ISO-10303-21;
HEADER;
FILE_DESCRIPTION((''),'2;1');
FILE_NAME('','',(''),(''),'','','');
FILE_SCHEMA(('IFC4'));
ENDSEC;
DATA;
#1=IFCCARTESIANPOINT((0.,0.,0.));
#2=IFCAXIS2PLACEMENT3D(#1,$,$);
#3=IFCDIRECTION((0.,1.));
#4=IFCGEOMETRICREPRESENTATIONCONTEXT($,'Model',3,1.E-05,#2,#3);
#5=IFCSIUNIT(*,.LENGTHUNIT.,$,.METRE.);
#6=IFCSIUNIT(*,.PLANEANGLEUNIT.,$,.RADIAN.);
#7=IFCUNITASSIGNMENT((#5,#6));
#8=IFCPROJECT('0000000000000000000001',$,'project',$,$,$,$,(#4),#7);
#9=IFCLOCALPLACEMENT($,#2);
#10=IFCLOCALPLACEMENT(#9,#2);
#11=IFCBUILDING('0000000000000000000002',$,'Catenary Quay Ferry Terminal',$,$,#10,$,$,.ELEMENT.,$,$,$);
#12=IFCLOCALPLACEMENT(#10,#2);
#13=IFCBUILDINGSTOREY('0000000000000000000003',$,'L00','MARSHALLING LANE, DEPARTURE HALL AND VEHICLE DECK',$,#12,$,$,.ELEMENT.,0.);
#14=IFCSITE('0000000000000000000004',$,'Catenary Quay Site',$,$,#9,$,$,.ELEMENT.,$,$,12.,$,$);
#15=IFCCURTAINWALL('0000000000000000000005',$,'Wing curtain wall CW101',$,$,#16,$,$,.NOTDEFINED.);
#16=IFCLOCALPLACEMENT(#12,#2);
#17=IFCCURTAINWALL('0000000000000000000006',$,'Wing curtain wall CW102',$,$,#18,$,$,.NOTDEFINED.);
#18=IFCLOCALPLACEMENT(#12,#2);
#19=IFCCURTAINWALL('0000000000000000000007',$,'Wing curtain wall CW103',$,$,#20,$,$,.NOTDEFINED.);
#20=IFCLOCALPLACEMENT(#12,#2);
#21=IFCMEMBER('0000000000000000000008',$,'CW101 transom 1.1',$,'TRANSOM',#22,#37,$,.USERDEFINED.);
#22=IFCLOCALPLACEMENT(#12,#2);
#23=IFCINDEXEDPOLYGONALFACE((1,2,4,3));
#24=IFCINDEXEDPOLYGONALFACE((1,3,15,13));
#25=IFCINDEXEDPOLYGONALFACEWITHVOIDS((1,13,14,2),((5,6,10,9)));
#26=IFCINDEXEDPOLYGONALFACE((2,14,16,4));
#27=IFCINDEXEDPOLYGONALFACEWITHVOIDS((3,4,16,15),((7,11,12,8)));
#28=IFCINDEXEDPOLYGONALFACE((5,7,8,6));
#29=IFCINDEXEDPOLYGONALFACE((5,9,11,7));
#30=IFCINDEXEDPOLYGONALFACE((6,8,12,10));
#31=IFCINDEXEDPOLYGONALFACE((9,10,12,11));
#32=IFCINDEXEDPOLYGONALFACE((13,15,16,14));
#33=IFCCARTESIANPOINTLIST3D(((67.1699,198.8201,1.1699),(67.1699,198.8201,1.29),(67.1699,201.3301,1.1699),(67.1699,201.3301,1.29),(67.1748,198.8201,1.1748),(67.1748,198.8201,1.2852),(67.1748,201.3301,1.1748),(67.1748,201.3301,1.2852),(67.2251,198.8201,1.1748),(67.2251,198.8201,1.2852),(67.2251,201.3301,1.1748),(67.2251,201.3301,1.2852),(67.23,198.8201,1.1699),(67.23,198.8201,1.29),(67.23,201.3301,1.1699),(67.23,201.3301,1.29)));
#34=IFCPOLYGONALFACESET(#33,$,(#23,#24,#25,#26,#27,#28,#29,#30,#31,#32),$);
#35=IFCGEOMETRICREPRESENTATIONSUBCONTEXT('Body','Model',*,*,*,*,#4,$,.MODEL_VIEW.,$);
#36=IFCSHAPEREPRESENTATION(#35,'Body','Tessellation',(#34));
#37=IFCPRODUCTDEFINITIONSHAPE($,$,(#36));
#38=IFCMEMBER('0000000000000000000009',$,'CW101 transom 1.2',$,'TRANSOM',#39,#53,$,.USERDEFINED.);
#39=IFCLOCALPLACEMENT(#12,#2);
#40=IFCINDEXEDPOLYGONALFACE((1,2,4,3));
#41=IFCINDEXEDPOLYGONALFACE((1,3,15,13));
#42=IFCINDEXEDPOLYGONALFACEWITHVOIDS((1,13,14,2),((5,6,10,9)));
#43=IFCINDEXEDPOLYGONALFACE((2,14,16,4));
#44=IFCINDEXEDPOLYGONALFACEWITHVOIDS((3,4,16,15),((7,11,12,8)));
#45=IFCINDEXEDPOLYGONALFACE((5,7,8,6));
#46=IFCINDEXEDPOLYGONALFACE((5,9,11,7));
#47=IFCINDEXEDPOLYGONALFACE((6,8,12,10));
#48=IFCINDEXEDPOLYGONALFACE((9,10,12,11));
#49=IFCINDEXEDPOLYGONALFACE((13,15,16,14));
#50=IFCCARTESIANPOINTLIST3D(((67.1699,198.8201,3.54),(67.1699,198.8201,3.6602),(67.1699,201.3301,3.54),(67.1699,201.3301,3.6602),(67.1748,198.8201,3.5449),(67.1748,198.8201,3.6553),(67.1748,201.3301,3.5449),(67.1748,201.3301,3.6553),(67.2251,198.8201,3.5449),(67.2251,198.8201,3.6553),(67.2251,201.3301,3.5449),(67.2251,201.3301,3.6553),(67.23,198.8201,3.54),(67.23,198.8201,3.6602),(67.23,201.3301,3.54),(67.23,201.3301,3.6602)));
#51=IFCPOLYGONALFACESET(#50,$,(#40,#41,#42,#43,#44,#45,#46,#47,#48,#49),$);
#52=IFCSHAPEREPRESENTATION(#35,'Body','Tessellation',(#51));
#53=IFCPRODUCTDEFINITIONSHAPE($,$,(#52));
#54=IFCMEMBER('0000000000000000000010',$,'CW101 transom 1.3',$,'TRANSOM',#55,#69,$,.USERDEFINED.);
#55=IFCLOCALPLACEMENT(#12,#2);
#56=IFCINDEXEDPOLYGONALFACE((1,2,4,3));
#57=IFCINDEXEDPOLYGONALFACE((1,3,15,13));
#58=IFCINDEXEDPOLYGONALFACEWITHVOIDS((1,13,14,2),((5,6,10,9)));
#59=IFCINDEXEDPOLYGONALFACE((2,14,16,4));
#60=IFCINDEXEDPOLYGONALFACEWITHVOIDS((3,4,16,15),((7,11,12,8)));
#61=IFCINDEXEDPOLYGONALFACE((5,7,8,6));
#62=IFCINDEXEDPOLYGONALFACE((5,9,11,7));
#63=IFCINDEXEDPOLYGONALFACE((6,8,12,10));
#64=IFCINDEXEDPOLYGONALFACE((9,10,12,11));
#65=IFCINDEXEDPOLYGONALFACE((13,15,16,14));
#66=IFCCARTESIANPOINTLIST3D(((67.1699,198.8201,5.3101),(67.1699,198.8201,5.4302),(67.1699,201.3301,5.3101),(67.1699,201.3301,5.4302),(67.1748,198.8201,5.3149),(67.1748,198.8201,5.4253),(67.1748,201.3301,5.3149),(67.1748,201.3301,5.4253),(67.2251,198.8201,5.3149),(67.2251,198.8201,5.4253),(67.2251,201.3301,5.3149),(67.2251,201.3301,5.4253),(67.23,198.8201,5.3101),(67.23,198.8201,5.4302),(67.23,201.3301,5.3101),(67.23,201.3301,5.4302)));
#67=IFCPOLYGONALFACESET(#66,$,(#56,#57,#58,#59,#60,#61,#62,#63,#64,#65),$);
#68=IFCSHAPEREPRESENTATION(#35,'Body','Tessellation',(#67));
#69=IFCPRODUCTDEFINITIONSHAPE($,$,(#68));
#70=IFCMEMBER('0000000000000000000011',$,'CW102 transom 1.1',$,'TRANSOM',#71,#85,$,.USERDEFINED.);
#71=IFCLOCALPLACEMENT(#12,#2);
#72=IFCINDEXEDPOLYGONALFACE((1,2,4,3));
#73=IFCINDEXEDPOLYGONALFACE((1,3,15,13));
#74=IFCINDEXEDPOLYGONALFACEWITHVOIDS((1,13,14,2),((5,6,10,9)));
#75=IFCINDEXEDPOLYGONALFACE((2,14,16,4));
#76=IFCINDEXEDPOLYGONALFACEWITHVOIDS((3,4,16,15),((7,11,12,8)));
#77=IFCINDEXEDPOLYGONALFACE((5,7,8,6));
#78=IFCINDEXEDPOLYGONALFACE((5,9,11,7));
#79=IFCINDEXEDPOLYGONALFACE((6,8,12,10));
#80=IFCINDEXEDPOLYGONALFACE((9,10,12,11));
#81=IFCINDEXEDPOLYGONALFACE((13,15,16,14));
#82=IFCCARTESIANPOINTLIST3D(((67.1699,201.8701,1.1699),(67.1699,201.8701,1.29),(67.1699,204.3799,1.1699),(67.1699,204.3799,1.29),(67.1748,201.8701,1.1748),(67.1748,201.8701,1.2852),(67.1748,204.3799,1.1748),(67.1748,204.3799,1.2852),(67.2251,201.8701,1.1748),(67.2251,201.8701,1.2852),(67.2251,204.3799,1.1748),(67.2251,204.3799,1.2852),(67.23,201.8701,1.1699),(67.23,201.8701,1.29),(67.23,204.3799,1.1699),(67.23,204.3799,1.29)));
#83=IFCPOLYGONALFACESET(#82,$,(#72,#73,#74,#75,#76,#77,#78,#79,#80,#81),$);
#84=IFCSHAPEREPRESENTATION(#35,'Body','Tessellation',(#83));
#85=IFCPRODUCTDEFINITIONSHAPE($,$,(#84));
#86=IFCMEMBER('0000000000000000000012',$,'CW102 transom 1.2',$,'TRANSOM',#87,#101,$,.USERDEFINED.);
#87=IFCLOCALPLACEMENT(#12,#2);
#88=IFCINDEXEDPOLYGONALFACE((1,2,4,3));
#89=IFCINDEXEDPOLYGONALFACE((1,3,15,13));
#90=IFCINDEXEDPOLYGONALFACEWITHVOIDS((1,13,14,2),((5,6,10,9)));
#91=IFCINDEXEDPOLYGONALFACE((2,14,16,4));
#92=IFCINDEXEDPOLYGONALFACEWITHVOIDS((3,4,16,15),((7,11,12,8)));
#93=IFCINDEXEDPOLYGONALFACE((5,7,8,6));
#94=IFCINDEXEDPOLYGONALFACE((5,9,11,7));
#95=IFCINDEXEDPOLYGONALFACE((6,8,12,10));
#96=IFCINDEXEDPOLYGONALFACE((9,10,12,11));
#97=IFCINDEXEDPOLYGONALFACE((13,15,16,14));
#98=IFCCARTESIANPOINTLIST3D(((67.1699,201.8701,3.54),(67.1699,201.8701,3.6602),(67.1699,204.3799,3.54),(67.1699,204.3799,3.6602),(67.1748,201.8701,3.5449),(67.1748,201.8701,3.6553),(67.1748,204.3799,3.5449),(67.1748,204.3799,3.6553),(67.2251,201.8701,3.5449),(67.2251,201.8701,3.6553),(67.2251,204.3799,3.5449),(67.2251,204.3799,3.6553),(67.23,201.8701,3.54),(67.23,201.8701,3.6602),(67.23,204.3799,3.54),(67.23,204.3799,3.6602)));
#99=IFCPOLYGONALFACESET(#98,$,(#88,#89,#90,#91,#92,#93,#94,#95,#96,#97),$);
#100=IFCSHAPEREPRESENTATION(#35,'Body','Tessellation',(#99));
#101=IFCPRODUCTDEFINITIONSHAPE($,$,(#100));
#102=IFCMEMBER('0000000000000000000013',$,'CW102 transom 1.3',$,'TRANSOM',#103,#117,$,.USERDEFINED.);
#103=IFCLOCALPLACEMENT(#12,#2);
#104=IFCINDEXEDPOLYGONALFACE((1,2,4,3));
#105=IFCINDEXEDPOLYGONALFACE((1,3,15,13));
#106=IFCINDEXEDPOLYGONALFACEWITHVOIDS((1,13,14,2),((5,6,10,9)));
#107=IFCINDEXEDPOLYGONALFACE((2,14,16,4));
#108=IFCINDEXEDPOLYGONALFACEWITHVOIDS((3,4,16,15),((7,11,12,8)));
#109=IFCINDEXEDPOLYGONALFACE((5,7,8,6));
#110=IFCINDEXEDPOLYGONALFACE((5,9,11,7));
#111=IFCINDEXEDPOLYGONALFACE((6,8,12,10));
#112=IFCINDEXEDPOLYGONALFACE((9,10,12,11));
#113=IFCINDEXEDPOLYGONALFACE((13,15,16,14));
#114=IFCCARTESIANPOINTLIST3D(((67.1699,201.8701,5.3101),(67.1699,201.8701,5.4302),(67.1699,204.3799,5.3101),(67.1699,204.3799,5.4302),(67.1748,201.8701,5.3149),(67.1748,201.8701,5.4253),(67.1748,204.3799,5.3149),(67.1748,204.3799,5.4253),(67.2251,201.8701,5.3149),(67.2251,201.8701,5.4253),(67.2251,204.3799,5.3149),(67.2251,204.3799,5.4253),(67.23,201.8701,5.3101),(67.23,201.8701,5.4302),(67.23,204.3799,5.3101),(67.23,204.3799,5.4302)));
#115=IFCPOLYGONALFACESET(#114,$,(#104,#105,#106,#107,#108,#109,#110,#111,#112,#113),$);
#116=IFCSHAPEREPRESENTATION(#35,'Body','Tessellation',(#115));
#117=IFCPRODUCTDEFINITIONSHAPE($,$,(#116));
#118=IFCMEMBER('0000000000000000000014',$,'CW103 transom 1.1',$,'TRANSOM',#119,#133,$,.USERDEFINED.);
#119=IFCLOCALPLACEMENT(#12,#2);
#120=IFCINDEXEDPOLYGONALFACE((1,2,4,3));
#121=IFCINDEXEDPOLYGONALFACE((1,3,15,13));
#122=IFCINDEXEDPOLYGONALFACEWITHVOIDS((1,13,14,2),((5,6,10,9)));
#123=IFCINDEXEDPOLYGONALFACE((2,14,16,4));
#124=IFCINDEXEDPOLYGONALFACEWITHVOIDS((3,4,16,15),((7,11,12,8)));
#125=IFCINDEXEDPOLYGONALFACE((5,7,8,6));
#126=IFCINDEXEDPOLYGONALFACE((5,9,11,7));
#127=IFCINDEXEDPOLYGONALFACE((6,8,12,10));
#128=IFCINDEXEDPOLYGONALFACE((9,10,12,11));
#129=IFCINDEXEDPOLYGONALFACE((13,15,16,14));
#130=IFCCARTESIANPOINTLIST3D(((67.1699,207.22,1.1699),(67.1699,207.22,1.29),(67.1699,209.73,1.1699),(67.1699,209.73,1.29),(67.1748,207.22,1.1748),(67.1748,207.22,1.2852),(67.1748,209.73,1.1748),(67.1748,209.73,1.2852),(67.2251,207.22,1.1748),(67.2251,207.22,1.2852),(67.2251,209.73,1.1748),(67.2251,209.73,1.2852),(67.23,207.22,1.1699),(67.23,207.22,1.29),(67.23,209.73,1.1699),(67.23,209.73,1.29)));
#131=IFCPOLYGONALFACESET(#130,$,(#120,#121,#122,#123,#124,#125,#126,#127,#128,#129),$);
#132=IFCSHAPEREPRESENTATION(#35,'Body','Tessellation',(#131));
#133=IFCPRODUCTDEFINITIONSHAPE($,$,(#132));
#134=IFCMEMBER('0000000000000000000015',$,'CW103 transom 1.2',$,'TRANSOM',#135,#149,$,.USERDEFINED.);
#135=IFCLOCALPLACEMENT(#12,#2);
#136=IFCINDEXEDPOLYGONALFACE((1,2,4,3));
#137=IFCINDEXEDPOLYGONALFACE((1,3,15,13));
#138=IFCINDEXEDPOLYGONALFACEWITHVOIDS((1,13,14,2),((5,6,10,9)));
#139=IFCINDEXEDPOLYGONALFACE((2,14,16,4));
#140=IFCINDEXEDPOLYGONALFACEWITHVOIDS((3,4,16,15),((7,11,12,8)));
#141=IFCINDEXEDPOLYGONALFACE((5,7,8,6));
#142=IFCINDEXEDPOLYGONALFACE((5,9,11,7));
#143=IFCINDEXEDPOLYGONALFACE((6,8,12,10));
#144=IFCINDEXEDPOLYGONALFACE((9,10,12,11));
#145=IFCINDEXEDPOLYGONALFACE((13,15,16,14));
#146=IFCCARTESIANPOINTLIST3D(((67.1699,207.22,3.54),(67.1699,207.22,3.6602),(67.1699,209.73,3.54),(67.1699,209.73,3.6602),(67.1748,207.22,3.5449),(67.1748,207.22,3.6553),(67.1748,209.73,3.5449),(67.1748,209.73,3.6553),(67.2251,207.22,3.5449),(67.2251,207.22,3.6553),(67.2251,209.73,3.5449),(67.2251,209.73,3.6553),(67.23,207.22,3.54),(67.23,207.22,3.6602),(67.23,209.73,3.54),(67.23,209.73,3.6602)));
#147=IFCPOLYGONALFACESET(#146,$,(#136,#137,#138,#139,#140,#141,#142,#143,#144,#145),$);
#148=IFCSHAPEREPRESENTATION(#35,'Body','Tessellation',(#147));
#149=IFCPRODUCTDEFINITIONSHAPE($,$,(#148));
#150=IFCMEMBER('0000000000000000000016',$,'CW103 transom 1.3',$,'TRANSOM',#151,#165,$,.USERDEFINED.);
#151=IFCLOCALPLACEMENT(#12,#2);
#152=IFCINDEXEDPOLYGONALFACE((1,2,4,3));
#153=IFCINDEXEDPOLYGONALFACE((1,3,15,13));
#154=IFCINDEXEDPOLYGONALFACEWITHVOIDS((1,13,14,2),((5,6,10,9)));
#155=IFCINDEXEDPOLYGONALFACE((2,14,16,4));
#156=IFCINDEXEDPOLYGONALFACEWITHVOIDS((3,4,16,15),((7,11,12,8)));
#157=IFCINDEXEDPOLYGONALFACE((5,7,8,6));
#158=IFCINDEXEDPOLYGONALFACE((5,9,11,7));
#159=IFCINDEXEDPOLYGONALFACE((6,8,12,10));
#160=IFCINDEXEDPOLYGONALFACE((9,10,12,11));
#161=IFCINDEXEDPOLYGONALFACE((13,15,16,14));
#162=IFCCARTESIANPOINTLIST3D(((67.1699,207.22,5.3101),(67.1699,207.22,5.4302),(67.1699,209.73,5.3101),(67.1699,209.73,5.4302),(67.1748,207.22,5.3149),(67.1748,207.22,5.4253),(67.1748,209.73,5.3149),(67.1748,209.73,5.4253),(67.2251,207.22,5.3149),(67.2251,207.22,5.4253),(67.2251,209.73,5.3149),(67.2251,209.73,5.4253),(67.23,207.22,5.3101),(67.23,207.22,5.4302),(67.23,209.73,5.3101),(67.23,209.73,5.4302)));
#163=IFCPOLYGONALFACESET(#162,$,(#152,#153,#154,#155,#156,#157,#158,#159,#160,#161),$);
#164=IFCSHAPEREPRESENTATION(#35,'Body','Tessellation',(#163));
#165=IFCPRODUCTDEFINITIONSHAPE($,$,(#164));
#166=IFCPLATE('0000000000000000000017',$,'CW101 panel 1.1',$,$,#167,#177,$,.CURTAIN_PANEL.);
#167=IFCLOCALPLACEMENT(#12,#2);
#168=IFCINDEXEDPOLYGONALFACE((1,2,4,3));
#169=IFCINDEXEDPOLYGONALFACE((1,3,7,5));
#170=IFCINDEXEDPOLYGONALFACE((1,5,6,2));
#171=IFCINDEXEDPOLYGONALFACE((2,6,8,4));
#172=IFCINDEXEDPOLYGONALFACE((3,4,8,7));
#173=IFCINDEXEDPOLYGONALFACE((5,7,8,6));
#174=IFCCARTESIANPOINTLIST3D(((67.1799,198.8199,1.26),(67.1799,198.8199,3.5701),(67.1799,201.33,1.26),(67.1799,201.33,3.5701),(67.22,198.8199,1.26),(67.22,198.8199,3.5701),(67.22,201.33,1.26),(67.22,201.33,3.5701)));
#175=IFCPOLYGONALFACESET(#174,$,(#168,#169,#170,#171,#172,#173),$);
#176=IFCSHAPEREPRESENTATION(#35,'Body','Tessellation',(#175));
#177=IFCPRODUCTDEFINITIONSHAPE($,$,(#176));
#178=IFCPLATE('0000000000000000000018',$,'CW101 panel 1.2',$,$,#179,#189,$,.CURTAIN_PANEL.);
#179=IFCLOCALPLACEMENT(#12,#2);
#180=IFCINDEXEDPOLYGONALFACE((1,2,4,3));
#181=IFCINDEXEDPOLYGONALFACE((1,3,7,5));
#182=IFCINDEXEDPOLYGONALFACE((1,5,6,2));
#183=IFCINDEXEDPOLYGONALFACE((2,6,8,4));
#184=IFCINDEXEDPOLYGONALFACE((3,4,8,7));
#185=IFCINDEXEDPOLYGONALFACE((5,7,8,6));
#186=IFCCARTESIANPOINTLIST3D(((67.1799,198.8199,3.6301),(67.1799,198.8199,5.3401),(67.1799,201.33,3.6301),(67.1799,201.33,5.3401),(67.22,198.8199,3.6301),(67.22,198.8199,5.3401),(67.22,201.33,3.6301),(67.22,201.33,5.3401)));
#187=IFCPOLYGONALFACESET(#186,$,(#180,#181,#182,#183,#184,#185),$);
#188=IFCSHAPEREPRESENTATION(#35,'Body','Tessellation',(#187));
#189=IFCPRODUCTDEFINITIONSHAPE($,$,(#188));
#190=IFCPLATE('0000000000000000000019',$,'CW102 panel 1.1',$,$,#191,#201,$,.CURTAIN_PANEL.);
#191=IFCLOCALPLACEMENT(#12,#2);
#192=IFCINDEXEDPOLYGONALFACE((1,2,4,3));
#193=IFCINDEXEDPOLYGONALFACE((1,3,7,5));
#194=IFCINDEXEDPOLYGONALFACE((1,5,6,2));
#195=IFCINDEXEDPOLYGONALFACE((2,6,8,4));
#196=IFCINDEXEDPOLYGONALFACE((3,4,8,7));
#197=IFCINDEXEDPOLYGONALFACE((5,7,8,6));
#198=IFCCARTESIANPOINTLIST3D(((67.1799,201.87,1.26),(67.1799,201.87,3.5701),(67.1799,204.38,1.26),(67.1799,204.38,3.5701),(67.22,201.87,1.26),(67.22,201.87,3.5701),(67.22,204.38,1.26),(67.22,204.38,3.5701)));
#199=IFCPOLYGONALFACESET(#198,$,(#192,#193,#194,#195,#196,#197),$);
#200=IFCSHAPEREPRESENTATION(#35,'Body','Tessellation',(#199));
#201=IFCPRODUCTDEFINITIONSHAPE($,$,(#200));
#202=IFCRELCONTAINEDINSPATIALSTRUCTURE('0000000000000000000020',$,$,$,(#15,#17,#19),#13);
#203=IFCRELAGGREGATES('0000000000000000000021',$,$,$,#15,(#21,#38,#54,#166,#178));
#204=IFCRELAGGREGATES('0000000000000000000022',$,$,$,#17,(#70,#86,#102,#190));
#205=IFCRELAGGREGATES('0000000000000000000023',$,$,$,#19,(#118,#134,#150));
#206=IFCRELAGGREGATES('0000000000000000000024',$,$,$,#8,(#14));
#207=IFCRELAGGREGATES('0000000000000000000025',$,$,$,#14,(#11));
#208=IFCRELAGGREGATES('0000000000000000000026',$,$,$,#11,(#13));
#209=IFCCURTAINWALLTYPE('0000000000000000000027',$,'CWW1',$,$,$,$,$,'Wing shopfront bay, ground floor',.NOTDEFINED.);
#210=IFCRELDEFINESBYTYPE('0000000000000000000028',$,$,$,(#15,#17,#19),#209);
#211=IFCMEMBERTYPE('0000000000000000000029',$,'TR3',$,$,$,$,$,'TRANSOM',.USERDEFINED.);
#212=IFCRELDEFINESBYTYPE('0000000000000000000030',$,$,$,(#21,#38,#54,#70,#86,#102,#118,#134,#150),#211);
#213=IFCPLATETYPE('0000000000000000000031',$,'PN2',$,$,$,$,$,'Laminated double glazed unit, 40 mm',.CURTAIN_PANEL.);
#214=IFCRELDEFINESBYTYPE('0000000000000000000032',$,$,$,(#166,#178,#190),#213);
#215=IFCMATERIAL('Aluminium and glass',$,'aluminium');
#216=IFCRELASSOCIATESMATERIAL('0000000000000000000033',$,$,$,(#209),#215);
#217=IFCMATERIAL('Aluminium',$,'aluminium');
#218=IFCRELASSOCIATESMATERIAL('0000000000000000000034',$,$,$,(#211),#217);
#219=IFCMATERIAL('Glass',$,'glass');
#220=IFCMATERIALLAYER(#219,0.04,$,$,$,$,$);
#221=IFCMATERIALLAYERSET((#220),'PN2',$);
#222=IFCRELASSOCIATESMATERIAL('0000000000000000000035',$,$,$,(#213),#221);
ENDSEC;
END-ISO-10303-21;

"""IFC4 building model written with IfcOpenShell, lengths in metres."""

from ifc_helpers import new_model, si_unit, direction, frame, origin, origin_2d, place, context, subcontext, project, spatial, rectangle, hollow_rectangle, extrude, material, layer, layer_set, material_profile, profile_set, type_object, element, aggregate, save


model = new_model("IFC4")

# Units and contexts
model_context = context("Model", 3, precision=1e-05, world=origin(), true_north=direction((0.0, 1.0)))
body_context = subcontext(model_context, "Body", "Model", "MODEL_VIEW")
ifc_project = project(units=[si_unit("LENGTHUNIT", "METRE"), si_unit("PLANEANGLEUNIT", "RADIAN")], contexts=[model_context])

# Site, building, storey
site_placement = place(None, origin())
site = spatial("IfcSite", under=ifc_project, at=site_placement, Name="Catenary Quay Site", CompositionType="ELEMENT", RefElevation=12.0)
building_placement = place(site_placement, origin())
building = spatial("IfcBuilding", under=site, at=building_placement, Name="Catenary Quay Ferry Terminal", CompositionType="ELEMENT")
storey_placement = place(building_placement, origin())
storey = spatial("IfcBuildingStorey", under=building, at=storey_placement, Name="L00", Description="MARSHALLING LANE, DEPARTURE HALL AND VEHICLE DECK", CompositionType="ELEMENT", Elevation=0.0)

# Shared definitions
ifc_material_1 = material(Name="Aluminium and glass", Category="aluminium")
curtain_wall_type = type_object("IfcCurtainWallType", Name="CWW1", ElementType="Wing shopfront bay, ground floor", PredefinedType="NOTDEFINED", material=ifc_material_1)

# Curtain walls
curtain_wall_1_placement = place(storey_placement, origin())
curtain_wall_1 = element("IfcCurtainWall", 1, at=curtain_wall_1_placement, inside=storey, type_object=curtain_wall_type, Name="Wing curtain wall CW101", PredefinedType="NOTDEFINED")
curtain_wall_2_placement = place(storey_placement, origin())
curtain_wall_2 = element("IfcCurtainWall", 2, at=curtain_wall_2_placement, inside=storey, type_object=curtain_wall_type, Name="Wing curtain wall CW102", PredefinedType="NOTDEFINED")
curtain_wall_3_placement = place(storey_placement, origin())
curtain_wall_3 = element("IfcCurtainWall", 3, at=curtain_wall_3_placement, inside=storey, type_object=curtain_wall_type, Name="Wing curtain wall CW103", PredefinedType="NOTDEFINED")

# Members
ifc_material_2 = material(Name="Aluminium", Category="aluminium")
ifc_material_profile_1 = material_profile(ifc_material_2, hollow_rectangle(XDim=0.0601, YDim=0.1201, WallThickness=0.0049, at=origin_2d()), Name="TR3")
ifc_profile_set_1 = profile_set([ifc_material_profile_1], Name="Aluminium")
member_type_1 = type_object("IfcMemberType", Name="TR3", ElementType="TRANSOM", PredefinedType="USERDEFINED", material=ifc_profile_set_1)
member_1_placement = place(storey_placement, frame((67.2, 198.8201, 1.23), z_axis=(0.0, 1.0, 0.0), x_axis=(-1.0, 0.0, 0.0)))
member_1 = element("IfcMember", 4, at=member_1_placement, type_object=member_type_1, Name="CW101 transom 1.1", ObjectType="TRANSOM", PredefinedType="USERDEFINED", context=body_context, shape_type="SweptSolid", body=[
    extrude(hollow_rectangle(XDim=0.0601, YDim=0.1201, WallThickness=0.0049, at=origin_2d()), origin(), (0.0, 0.0, 1.0), 2.51),
])
member_2_placement = place(storey_placement, frame((67.2, 198.8201, 3.6001), z_axis=(0.0, 1.0, 0.0), x_axis=(-1.0, 0.0, 0.0)))
member_2 = element("IfcMember", 5, at=member_2_placement, type_object=member_type_1, Name="CW101 transom 1.2", ObjectType="TRANSOM", PredefinedType="USERDEFINED", context=body_context, shape_type="SweptSolid", body=[
    extrude(hollow_rectangle(XDim=0.0601, YDim=0.1201, WallThickness=0.0049, at=origin_2d()), origin(), (0.0, 0.0, 1.0), 2.51),
])
member_3_placement = place(storey_placement, frame((67.2, 198.8201, 5.3701), z_axis=(0.0, 1.0, 0.0), x_axis=(-1.0, 0.0, 0.0)))
member_3 = element("IfcMember", 6, at=member_3_placement, type_object=member_type_1, Name="CW101 transom 1.3", ObjectType="TRANSOM", PredefinedType="USERDEFINED", context=body_context, shape_type="SweptSolid", body=[
    extrude(hollow_rectangle(XDim=0.0601, YDim=0.1201, WallThickness=0.0049, at=origin_2d()), origin(), (0.0, 0.0, 1.0), 2.51),
])
member_4_placement = place(storey_placement, frame((67.2, 201.8701, 1.23), z_axis=(0.0, 1.0, 0.0), x_axis=(-1.0, 0.0, 0.0)))
member_4 = element("IfcMember", 7, at=member_4_placement, type_object=member_type_1, Name="CW102 transom 1.1", ObjectType="TRANSOM", PredefinedType="USERDEFINED", context=body_context, shape_type="SweptSolid", body=[
    extrude(hollow_rectangle(XDim=0.0601, YDim=0.1201, WallThickness=0.0049, at=origin_2d()), origin(), (0.0, 0.0, 1.0), 2.5098),
])
member_5_placement = place(storey_placement, frame((67.2, 201.8701, 3.6001), z_axis=(0.0, 1.0, 0.0), x_axis=(-1.0, 0.0, 0.0)))
member_5 = element("IfcMember", 8, at=member_5_placement, type_object=member_type_1, Name="CW102 transom 1.2", ObjectType="TRANSOM", PredefinedType="USERDEFINED", context=body_context, shape_type="SweptSolid", body=[
    extrude(hollow_rectangle(XDim=0.0601, YDim=0.1201, WallThickness=0.0049, at=origin_2d()), origin(), (0.0, 0.0, 1.0), 2.5098),
])
member_6_placement = place(storey_placement, frame((67.2, 201.8701, 5.3701), z_axis=(0.0, 1.0, 0.0), x_axis=(-1.0, 0.0, 0.0)))
member_6 = element("IfcMember", 9, at=member_6_placement, type_object=member_type_1, Name="CW102 transom 1.3", ObjectType="TRANSOM", PredefinedType="USERDEFINED", context=body_context, shape_type="SweptSolid", body=[
    extrude(hollow_rectangle(XDim=0.0601, YDim=0.1201, WallThickness=0.0049, at=origin_2d()), origin(), (0.0, 0.0, 1.0), 2.5098),
])
member_7_placement = place(storey_placement, frame((67.2, 207.22, 1.23), z_axis=(0.0, 1.0, 0.0), x_axis=(-1.0, 0.0, 0.0)))
member_7 = element("IfcMember", 10, at=member_7_placement, type_object=member_type_1, Name="CW103 transom 1.1", ObjectType="TRANSOM", PredefinedType="USERDEFINED", context=body_context, shape_type="SweptSolid", body=[
    extrude(hollow_rectangle(XDim=0.0601, YDim=0.1201, WallThickness=0.0049, at=origin_2d()), origin(), (0.0, 0.0, 1.0), 2.51),
])
member_8_placement = place(storey_placement, frame((67.2, 207.22, 3.6001), z_axis=(0.0, 1.0, 0.0), x_axis=(-1.0, 0.0, 0.0)))
member_8 = element("IfcMember", 11, at=member_8_placement, type_object=member_type_1, Name="CW103 transom 1.2", ObjectType="TRANSOM", PredefinedType="USERDEFINED", context=body_context, shape_type="SweptSolid", body=[
    extrude(hollow_rectangle(XDim=0.0601, YDim=0.1201, WallThickness=0.0049, at=origin_2d()), origin(), (0.0, 0.0, 1.0), 2.51),
])
member_9_placement = place(storey_placement, frame((67.2, 207.22, 5.3701), z_axis=(0.0, 1.0, 0.0), x_axis=(-1.0, 0.0, 0.0)))
member_9 = element("IfcMember", 12, at=member_9_placement, type_object=member_type_1, Name="CW103 transom 1.3", ObjectType="TRANSOM", PredefinedType="USERDEFINED", context=body_context, shape_type="SweptSolid", body=[
    extrude(hollow_rectangle(XDim=0.0601, YDim=0.1201, WallThickness=0.0049, at=origin_2d()), origin(), (0.0, 0.0, 1.0), 2.51),
])

# Plates
ifc_material_3 = material(Name="Glass", Category="glass")
ifc_layer_1 = layer(ifc_material_3, 0.04)
ifc_layer_set_1 = layer_set([ifc_layer_1], Name="PN2")
plate_type = type_object("IfcPlateType", Name="PN2", ElementType="Laminated double glazed unit, 40 mm", PredefinedType="CURTAIN_PANEL", material=ifc_layer_set_1)
plate_1_placement = place(storey_placement, frame((67.2, 200.075, 1.26), z_axis=(0.0, 0.0, 1.0), x_axis=(0.0, 1.0, 0.0)))
plate_1 = element("IfcPlate", 13, at=plate_1_placement, type_object=plate_type, Name="CW101 panel 1.1", PredefinedType="CURTAIN_PANEL", context=body_context, shape_type="SweptSolid", body=[
    extrude(rectangle(XDim=2.51, YDim=0.04, at=origin_2d()), origin(), (0.0, 0.0, 1.0), 2.3101),
])
plate_2_placement = place(storey_placement, frame((67.2, 200.075, 3.6301), z_axis=(0.0, 0.0, 1.0), x_axis=(0.0, 1.0, 0.0)))
plate_2 = element("IfcPlate", 14, at=plate_2_placement, type_object=plate_type, Name="CW101 panel 1.2", PredefinedType="CURTAIN_PANEL", context=body_context, shape_type="SweptSolid", body=[
    extrude(rectangle(XDim=2.51, YDim=0.04, at=origin_2d()), origin(), (0.0, 0.0, 1.0), 1.71),
])
aggregate(curtain_wall_1, [member_1, member_2, member_3, plate_1, plate_2])
plate_3_placement = place(storey_placement, frame((67.2, 203.125, 1.26), z_axis=(0.0, 0.0, 1.0), x_axis=(0.0, 1.0, 0.0)))
plate_3 = element("IfcPlate", 15, at=plate_3_placement, type_object=plate_type, Name="CW102 panel 1.1", PredefinedType="CURTAIN_PANEL", context=body_context, shape_type="SweptSolid", body=[
    extrude(rectangle(XDim=2.51, YDim=0.04, at=origin_2d()), origin(), (0.0, 0.0, 1.0), 2.3101),
])
aggregate(curtain_wall_2, [member_4, member_5, member_6, plate_3])
aggregate(curtain_wall_3, [member_7, member_8, member_9])

save(model, "model.ifc")
